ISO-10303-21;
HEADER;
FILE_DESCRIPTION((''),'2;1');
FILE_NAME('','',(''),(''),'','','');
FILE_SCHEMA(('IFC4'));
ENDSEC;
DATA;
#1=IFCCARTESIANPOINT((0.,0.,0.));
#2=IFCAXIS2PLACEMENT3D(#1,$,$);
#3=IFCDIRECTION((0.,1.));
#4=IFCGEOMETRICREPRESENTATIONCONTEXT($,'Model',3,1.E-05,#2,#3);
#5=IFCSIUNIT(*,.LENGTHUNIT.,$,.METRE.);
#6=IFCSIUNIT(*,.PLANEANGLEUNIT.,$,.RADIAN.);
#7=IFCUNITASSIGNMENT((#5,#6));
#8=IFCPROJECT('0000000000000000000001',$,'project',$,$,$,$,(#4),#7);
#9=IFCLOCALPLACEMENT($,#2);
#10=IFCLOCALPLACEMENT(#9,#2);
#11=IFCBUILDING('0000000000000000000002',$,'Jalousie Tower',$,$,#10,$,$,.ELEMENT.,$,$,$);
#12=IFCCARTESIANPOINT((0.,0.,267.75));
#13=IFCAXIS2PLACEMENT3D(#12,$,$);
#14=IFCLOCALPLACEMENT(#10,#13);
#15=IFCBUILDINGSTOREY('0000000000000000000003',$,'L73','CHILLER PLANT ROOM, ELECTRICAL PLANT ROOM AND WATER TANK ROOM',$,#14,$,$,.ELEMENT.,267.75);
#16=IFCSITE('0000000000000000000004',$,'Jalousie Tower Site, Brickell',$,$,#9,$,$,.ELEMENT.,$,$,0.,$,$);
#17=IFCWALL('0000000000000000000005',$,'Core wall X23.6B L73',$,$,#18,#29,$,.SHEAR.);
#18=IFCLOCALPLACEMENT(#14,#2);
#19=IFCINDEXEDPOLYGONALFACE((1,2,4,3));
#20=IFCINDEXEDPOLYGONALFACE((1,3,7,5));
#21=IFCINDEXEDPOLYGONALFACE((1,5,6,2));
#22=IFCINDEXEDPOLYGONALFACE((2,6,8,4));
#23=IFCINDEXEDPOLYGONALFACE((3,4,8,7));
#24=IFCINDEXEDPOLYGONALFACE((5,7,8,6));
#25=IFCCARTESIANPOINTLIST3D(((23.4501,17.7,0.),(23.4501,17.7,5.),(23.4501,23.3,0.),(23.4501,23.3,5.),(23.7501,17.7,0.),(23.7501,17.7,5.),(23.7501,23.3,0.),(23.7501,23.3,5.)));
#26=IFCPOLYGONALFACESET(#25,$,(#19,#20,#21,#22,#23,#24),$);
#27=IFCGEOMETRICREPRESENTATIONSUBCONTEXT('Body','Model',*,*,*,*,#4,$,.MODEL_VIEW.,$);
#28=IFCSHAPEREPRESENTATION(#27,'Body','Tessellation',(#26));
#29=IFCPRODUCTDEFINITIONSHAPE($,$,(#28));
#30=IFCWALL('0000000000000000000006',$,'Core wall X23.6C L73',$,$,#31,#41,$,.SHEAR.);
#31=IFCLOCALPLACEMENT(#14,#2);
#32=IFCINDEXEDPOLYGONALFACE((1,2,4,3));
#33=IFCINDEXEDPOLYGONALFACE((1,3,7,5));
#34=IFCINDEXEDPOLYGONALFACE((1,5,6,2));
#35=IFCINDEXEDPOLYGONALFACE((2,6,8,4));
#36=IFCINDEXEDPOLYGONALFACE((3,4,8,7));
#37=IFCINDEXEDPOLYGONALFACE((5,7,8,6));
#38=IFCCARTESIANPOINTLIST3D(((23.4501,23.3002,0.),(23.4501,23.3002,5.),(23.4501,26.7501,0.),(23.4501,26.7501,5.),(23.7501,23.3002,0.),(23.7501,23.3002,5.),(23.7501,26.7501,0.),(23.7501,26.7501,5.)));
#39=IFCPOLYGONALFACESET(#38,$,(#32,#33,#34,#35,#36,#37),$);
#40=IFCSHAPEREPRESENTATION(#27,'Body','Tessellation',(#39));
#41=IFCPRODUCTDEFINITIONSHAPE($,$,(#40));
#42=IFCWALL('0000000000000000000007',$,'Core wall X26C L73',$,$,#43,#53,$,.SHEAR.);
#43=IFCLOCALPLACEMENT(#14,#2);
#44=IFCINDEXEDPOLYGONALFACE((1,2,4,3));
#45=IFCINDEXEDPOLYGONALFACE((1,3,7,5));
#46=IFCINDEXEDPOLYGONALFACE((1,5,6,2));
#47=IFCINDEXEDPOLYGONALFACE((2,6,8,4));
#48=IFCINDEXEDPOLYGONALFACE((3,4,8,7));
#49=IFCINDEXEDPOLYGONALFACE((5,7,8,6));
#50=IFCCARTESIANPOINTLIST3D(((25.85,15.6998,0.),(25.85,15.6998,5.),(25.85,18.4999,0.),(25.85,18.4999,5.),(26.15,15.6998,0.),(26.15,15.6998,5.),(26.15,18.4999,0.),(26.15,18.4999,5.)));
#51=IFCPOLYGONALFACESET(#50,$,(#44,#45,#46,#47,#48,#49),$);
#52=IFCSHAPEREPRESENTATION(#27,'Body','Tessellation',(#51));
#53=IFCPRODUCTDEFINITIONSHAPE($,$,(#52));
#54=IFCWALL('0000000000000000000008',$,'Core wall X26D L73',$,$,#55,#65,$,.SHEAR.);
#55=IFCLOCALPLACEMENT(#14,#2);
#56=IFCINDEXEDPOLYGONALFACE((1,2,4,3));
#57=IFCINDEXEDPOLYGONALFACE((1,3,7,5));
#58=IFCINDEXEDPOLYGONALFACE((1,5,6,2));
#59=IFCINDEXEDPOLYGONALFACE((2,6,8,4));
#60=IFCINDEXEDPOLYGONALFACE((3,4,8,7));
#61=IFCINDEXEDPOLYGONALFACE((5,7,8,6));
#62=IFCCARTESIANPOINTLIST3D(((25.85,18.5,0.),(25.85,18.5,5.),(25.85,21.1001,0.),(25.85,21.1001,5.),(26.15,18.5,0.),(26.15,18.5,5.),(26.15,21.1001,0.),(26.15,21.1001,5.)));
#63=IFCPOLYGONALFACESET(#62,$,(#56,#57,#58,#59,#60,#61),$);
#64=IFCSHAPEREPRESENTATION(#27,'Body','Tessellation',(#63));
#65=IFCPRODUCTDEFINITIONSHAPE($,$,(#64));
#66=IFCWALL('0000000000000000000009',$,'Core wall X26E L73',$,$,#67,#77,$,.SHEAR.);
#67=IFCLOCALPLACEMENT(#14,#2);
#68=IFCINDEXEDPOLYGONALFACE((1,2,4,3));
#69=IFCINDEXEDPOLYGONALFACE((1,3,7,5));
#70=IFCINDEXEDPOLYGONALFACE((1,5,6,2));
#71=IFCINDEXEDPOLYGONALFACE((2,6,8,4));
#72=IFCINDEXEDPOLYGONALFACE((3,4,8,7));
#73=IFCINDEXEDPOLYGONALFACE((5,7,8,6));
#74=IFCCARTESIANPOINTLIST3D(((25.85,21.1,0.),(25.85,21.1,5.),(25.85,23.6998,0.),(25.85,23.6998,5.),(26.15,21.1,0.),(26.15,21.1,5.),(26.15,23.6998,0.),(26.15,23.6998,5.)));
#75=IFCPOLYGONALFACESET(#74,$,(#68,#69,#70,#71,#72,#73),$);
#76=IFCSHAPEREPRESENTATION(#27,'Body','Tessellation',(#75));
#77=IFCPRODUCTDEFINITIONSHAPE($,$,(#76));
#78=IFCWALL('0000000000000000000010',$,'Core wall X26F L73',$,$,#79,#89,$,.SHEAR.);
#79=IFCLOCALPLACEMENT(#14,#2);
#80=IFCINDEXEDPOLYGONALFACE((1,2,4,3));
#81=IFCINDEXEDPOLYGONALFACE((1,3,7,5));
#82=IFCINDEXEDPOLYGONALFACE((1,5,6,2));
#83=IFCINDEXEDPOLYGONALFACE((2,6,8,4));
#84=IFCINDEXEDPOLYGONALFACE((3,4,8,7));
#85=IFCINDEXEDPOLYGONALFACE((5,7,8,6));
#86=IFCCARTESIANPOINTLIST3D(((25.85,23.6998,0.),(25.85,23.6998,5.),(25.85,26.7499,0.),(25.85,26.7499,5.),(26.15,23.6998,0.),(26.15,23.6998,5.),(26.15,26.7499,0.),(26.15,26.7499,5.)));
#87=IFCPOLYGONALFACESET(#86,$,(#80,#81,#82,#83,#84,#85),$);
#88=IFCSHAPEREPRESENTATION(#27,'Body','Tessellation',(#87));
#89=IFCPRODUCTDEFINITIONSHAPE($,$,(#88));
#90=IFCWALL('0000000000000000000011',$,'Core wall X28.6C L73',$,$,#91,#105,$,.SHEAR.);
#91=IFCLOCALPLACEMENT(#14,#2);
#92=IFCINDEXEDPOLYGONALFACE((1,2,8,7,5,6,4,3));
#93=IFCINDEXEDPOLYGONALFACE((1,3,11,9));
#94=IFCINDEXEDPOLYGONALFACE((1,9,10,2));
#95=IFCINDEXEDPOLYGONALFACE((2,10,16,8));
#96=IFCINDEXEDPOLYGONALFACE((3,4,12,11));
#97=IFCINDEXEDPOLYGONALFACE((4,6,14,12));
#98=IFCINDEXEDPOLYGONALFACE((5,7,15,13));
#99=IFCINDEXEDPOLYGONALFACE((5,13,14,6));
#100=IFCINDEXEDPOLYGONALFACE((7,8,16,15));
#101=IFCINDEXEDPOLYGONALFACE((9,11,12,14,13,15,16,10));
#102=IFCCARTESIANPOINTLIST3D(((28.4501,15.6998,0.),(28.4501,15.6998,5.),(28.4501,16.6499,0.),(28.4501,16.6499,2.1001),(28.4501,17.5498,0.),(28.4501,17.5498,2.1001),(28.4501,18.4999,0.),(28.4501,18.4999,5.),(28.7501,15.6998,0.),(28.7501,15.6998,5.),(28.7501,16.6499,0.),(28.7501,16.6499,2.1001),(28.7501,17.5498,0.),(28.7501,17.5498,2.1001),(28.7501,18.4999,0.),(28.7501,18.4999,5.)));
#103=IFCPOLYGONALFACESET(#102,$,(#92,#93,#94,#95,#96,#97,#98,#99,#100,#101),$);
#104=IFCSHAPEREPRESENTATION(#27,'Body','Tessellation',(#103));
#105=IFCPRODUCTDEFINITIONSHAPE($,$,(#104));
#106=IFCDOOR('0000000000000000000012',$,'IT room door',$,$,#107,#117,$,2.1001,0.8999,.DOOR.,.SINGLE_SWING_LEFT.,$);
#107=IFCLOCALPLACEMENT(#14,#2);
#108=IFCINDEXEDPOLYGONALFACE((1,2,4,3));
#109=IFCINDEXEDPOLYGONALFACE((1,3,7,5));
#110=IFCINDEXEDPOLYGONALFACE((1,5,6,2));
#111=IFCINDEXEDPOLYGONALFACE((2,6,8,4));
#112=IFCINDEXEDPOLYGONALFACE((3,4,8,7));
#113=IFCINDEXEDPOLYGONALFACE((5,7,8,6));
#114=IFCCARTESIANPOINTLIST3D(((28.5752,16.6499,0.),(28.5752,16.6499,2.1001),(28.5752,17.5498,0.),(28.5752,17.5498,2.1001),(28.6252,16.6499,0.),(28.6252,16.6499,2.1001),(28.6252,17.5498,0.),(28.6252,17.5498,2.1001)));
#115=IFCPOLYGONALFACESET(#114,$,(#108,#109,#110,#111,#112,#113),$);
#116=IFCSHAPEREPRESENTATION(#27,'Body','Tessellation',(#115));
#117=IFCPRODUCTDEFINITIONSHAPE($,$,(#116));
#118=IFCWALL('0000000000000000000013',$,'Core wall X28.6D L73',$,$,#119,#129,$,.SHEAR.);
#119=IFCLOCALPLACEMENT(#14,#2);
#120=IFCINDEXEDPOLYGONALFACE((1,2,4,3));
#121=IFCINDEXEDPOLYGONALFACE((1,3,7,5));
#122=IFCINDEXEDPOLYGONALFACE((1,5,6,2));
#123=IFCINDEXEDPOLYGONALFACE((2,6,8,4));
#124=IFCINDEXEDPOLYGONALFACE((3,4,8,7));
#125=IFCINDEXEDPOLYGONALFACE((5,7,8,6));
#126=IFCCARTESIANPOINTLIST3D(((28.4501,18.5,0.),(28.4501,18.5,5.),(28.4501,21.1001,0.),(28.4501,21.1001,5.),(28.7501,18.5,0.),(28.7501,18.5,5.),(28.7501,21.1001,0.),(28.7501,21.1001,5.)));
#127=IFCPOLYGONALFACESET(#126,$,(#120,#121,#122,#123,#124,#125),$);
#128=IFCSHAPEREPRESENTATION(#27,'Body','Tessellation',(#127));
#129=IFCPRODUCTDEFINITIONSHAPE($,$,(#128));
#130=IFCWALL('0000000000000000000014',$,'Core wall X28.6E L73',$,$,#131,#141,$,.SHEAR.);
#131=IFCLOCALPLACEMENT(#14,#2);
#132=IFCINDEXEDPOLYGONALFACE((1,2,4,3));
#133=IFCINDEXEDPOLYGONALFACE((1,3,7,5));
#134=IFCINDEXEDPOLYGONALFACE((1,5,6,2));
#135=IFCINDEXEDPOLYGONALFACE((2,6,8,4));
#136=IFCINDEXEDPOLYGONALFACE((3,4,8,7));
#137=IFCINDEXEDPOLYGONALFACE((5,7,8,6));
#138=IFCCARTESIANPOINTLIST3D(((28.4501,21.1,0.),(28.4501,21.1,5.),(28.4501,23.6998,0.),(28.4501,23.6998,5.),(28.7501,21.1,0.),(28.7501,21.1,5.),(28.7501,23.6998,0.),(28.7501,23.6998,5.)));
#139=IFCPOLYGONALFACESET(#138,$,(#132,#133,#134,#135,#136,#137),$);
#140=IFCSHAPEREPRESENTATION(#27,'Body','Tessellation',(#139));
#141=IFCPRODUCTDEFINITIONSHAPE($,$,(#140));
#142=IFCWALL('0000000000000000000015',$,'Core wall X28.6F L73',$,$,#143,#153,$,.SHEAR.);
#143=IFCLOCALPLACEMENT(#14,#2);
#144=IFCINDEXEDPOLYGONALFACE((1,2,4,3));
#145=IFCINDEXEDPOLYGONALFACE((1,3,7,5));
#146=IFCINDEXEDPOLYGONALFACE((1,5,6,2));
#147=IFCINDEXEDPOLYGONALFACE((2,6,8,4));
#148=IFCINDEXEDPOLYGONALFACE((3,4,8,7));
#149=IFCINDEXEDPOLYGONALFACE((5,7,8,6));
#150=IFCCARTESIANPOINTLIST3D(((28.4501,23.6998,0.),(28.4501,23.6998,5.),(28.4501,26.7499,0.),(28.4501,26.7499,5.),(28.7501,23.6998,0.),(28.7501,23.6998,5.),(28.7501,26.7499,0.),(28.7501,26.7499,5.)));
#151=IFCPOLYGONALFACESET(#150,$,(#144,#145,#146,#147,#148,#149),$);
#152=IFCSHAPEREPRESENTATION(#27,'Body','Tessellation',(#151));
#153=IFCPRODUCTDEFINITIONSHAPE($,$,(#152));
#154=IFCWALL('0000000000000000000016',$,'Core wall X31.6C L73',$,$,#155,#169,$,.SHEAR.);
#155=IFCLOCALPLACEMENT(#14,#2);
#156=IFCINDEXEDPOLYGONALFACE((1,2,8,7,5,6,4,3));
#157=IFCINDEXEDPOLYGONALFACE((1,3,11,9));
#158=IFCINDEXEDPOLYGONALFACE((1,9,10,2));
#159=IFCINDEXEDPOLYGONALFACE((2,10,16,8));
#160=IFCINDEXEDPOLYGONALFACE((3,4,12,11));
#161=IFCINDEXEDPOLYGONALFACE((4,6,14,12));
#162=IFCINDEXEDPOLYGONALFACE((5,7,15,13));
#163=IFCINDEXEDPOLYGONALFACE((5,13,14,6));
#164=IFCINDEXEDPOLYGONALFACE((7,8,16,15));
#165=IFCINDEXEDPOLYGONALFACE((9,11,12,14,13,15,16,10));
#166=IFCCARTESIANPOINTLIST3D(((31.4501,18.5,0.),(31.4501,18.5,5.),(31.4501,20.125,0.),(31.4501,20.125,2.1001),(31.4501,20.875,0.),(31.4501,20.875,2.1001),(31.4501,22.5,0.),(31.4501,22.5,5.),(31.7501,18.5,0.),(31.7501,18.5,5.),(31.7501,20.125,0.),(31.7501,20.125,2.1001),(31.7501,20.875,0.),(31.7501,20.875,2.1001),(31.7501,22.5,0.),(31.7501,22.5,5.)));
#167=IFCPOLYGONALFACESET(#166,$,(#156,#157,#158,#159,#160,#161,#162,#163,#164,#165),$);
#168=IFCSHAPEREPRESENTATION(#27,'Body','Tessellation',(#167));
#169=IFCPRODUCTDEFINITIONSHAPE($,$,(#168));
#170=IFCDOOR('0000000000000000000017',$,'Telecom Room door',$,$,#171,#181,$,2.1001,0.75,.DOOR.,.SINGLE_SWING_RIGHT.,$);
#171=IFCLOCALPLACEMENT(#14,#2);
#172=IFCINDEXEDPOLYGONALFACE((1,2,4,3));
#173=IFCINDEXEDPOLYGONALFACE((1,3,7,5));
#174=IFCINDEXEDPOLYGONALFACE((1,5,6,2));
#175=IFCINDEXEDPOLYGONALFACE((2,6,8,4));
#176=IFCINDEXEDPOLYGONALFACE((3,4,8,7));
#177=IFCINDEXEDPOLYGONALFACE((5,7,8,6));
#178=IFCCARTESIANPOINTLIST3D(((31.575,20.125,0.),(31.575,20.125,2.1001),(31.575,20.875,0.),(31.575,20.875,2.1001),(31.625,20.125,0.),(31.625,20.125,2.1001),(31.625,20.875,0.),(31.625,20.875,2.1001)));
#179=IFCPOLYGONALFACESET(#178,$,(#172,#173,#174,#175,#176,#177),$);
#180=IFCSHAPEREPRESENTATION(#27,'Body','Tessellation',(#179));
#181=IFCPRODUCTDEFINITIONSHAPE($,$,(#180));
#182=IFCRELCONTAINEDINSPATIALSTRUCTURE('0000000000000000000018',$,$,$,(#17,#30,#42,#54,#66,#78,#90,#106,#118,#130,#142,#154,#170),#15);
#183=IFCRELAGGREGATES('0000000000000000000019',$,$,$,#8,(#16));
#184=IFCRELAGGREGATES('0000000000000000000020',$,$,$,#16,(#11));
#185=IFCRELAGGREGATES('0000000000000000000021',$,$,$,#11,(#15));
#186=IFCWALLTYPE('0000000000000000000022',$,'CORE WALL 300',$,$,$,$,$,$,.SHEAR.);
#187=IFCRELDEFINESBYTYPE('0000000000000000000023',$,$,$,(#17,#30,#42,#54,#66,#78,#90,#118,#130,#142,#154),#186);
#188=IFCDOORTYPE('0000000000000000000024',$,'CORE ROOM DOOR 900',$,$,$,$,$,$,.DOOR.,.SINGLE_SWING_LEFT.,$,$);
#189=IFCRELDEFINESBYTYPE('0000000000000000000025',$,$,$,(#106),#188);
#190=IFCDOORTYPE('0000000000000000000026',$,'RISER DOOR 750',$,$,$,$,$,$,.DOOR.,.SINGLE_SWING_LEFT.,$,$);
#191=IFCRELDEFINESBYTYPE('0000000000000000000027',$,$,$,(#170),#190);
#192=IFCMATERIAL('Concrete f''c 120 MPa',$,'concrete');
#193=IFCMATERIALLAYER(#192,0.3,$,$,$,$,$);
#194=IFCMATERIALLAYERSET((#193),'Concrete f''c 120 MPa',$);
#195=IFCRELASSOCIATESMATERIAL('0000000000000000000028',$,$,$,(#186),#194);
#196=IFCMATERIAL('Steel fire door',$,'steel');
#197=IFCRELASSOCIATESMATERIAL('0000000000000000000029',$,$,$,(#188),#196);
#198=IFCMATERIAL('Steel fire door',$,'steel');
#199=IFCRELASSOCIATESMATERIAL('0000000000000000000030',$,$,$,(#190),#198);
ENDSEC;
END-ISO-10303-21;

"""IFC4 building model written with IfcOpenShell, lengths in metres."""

from ifc_helpers import new_model, si_unit, direction, frame, frame_2d, origin, place, context, subcontext, project, spatial, rectangle, extrude, material, layer, layer_set, type_object, element, fill, save


model = new_model("IFC4")

# Units and contexts
model_context = context("Model", 3, precision=1e-05, world=origin(), true_north=direction((0.0, 1.0)))
body_context = subcontext(model_context, "Body", "Model", "MODEL_VIEW")
ifc_project = project(units=[si_unit("LENGTHUNIT", "METRE"), si_unit("PLANEANGLEUNIT", "RADIAN")], contexts=[model_context])

# Site, building, storey
site_placement = place(None, origin())
site = spatial("IfcSite", under=ifc_project, at=site_placement, Name="Jalousie Tower Site, Brickell", CompositionType="ELEMENT", RefElevation=0.0)
building_placement = place(site_placement, origin())
building = spatial("IfcBuilding", under=site, at=building_placement, Name="Jalousie Tower", CompositionType="ELEMENT")
storey_placement = place(building_placement, frame((0.0, 0.0, 267.75)))
storey = spatial("IfcBuildingStorey", under=building, at=storey_placement, Name="L73", Description="CHILLER PLANT ROOM, ELECTRICAL PLANT ROOM AND WATER TANK ROOM", CompositionType="ELEMENT", Elevation=267.75)

# Walls
ifc_material_1 = material(Name="Concrete f'c 120 MPa", Category="concrete")
ifc_layer_1 = layer(ifc_material_1, 0.3)
ifc_layer_set_1 = layer_set([ifc_layer_1], Name="Concrete f'c 120 MPa")
wall_type_1 = type_object("IfcWallType", Name="CORE WALL 300", PredefinedType="SHEAR", material=ifc_layer_set_1)
wall_1_placement = place(storey_placement, frame((23.6001, 17.7, 0.0), z_axis=(0.0, 0.0, 1.0), x_axis=(0.0, 1.0, 0.0)))
element("IfcWall", 1, at=wall_1_placement, inside=storey, type_object=wall_type_1, Name="Core wall X23.6B L73", PredefinedType="SHEAR", context=body_context, shape_type="SweptSolid", body=[
    extrude(rectangle(XDim=5.6001, YDim=0.3, at=frame_2d((2.8, 0.0))), origin(), (0.0, 0.0, 1.0), 5.0),
])
wall_2_placement = place(storey_placement, frame((23.6001, 23.3, 0.0), z_axis=(0.0, 0.0, 1.0), x_axis=(0.0, 1.0, 0.0)))
element("IfcWall", 2, at=wall_2_placement, inside=storey, type_object=wall_type_1, Name="Core wall X23.6C L73", PredefinedType="SHEAR", context=body_context, shape_type="SweptSolid", body=[
    extrude(rectangle(XDim=3.45, YDim=0.3, at=frame_2d((1.7251, 0.0))), origin(), (0.0, 0.0, 1.0), 5.0),
])
wall_3_placement = place(storey_placement, frame((26.0, 15.7, 0.0), z_axis=(0.0, 0.0, 1.0), x_axis=(0.0, 1.0, 0.0)))
element("IfcWall", 3, at=wall_3_placement, inside=storey, type_object=wall_type_1, Name="Core wall X26C L73", PredefinedType="SHEAR", context=body_context, shape_type="SweptSolid", body=[
    extrude(rectangle(XDim=2.8, YDim=0.3, at=frame_2d((1.3999, 0.0))), origin(), (0.0, 0.0, 1.0), 5.0),
])
wall_4_placement = place(storey_placement, frame((26.0, 18.5, 0.0), z_axis=(0.0, 0.0, 1.0), x_axis=(0.0, 1.0, 0.0)))
element("IfcWall", 4, at=wall_4_placement, inside=storey, type_object=wall_type_1, Name="Core wall X26D L73", PredefinedType="SHEAR", context=body_context, shape_type="SweptSolid", body=[
    extrude(rectangle(XDim=2.6001, YDim=0.3, at=frame_2d((1.3, 0.0))), origin(), (0.0, 0.0, 1.0), 5.0),
])
wall_5_placement = place(storey_placement, frame((26.0, 21.1001, 0.0), z_axis=(0.0, 0.0, 1.0), x_axis=(0.0, 1.0, 0.0)))
element("IfcWall", 5, at=wall_5_placement, inside=storey, type_object=wall_type_1, Name="Core wall X26E L73", PredefinedType="SHEAR", context=body_context, shape_type="SweptSolid", body=[
    extrude(rectangle(XDim=2.5999, YDim=0.3, at=frame_2d((1.2998, 0.0))), origin(), (0.0, 0.0, 1.0), 5.0),
])
wall_6_placement = place(storey_placement, frame((26.0, 23.7, 0.0), z_axis=(0.0, 0.0, 1.0), x_axis=(0.0, 1.0, 0.0)))
element("IfcWall", 6, at=wall_6_placement, inside=storey, type_object=wall_type_1, Name="Core wall X26F L73", PredefinedType="SHEAR", context=body_context, shape_type="SweptSolid", body=[
    extrude(rectangle(XDim=3.05, YDim=0.3, at=frame_2d((1.5249, 0.0))), origin(), (0.0, 0.0, 1.0), 5.0),
])

# Wall, opening, door
wall_7_placement = place(storey_placement, frame((28.6001, 15.7, 0.0), z_axis=(0.0, 0.0, 1.0), x_axis=(0.0, 1.0, 0.0)))
wall_7 = element("IfcWall", 7, at=wall_7_placement, inside=storey, type_object=wall_type_1, Name="Core wall X28.6C L73", PredefinedType="SHEAR", context=body_context, shape_type="SweptSolid", body=[
    extrude(rectangle(XDim=2.8, YDim=0.3, at=frame_2d((1.3999, 0.0))), origin(), (0.0, 0.0, 1.0), 5.0),
])
opening_1_placement = place(wall_7_placement, frame((0.95, 0.0, 0.0)))
opening_1 = element("IfcOpeningElement", 8, at=opening_1_placement, cuts=wall_7, PredefinedType="OPENING", context=body_context, shape_type="SweptSolid", body=[
    extrude(rectangle(XDim=0.8999, YDim=2.1001, at=frame_2d((0.45, 1.05))), frame((0.0, 0.1599, 0.0), z_axis=(0.0, -1.0, 0.0), x_axis=(1.0, 0.0, 0.0)), (0.0, 0.0, 1.0), 0.3201),
])
ifc_material_2 = material(Name="Steel fire door", Category="steel")
door_type_1 = type_object("IfcDoorType", Name="CORE ROOM DOOR 900", OperationType="SINGLE_SWING_LEFT", PredefinedType="DOOR", material=ifc_material_2)
door_1_placement = place(opening_1_placement, origin())
door_1 = element("IfcDoor", 9, at=door_1_placement, inside=storey, type_object=door_type_1, Name="IT room door", OperationType="SINGLE_SWING_LEFT", OverallHeight=2.1001, OverallWidth=0.8999, PredefinedType="DOOR", context=body_context, shape_type="SweptSolid", body=[
    extrude(rectangle(XDim=0.8999, YDim=2.1001, at=frame_2d((0.45, 1.05))), frame((0.0, 0.0249, 0.0), z_axis=(0.0, -1.0, 0.0), x_axis=(1.0, 0.0, 0.0)), (0.0, 0.0, 1.0), 0.05),
])
fill(opening_1, door_1)

# Walls
wall_8_placement = place(storey_placement, frame((28.6001, 18.5, 0.0), z_axis=(0.0, 0.0, 1.0), x_axis=(0.0, 1.0, 0.0)))
element("IfcWall", 10, at=wall_8_placement, inside=storey, type_object=wall_type_1, Name="Core wall X28.6D L73", PredefinedType="SHEAR", context=body_context, shape_type="SweptSolid", body=[
    extrude(rectangle(XDim=2.6001, YDim=0.3, at=frame_2d((1.3, 0.0))), origin(), (0.0, 0.0, 1.0), 5.0),
])
wall_9_placement = place(storey_placement, frame((28.6001, 21.1001, 0.0), z_axis=(0.0, 0.0, 1.0), x_axis=(0.0, 1.0, 0.0)))
element("IfcWall", 11, at=wall_9_placement, inside=storey, type_object=wall_type_1, Name="Core wall X28.6E L73", PredefinedType="SHEAR", context=body_context, shape_type="SweptSolid", body=[
    extrude(rectangle(XDim=2.5999, YDim=0.3, at=frame_2d((1.2998, 0.0))), origin(), (0.0, 0.0, 1.0), 5.0),
])
wall_10_placement = place(storey_placement, frame((28.6001, 23.7, 0.0), z_axis=(0.0, 0.0, 1.0), x_axis=(0.0, 1.0, 0.0)))
element("IfcWall", 12, at=wall_10_placement, inside=storey, type_object=wall_type_1, Name="Core wall X28.6F L73", PredefinedType="SHEAR", context=body_context, shape_type="SweptSolid", body=[
    extrude(rectangle(XDim=3.05, YDim=0.3, at=frame_2d((1.5249, 0.0))), origin(), (0.0, 0.0, 1.0), 5.0),
])

# Wall, opening, door
wall_11_placement = place(storey_placement, frame((31.6001, 18.5, 0.0), z_axis=(0.0, 0.0, 1.0), x_axis=(0.0, 1.0, 0.0)))
wall_11 = element("IfcWall", 13, at=wall_11_placement, inside=storey, type_object=wall_type_1, Name="Core wall X31.6C L73", PredefinedType="SHEAR", context=body_context, shape_type="SweptSolid", body=[
    extrude(rectangle(XDim=4.0, YDim=0.3, at=frame_2d((2.0, 0.0))), origin(), (0.0, 0.0, 1.0), 5.0),
])
opening_2_placement = place(wall_11_placement, frame((1.625, 0.0, 0.0)))
opening_2 = element("IfcOpeningElement", 14, at=opening_2_placement, cuts=wall_11, PredefinedType="OPENING", context=body_context, shape_type="SweptSolid", body=[
    extrude(rectangle(XDim=0.75, YDim=2.1001, at=frame_2d((0.375, 1.05))), frame((0.0, 0.1599, 0.0), z_axis=(0.0, -1.0, 0.0), x_axis=(1.0, 0.0, 0.0)), (0.0, 0.0, 1.0), 0.3201),
])
ifc_material_3 = material(Name="Steel fire door", Category="steel")
door_type_2 = type_object("IfcDoorType", Name="RISER DOOR 750", OperationType="SINGLE_SWING_LEFT", PredefinedType="DOOR", material=ifc_material_3)
door_2_placement = place(opening_2_placement, frame((0.75, 0.0, 0.0), z_axis=(0.0, 0.0, 1.0), x_axis=(-1.0, 0.0, 0.0)))
door_2 = element("IfcDoor", 15, at=door_2_placement, inside=storey, type_object=door_type_2, Name="Telecom Room door", OperationType="SINGLE_SWING_RIGHT", OverallHeight=2.1001, OverallWidth=0.75, PredefinedType="DOOR", context=body_context, shape_type="SweptSolid", body=[
    extrude(rectangle(XDim=0.75, YDim=2.1001, at=frame_2d((0.375, 1.05))), frame((0.0, 0.0249, 0.0), z_axis=(0.0, -1.0, 0.0), x_axis=(1.0, 0.0, 0.0)), (0.0, 0.0, 1.0), 0.05),
])
fill(opening_2, door_2)

save(model, "model.ifc")
